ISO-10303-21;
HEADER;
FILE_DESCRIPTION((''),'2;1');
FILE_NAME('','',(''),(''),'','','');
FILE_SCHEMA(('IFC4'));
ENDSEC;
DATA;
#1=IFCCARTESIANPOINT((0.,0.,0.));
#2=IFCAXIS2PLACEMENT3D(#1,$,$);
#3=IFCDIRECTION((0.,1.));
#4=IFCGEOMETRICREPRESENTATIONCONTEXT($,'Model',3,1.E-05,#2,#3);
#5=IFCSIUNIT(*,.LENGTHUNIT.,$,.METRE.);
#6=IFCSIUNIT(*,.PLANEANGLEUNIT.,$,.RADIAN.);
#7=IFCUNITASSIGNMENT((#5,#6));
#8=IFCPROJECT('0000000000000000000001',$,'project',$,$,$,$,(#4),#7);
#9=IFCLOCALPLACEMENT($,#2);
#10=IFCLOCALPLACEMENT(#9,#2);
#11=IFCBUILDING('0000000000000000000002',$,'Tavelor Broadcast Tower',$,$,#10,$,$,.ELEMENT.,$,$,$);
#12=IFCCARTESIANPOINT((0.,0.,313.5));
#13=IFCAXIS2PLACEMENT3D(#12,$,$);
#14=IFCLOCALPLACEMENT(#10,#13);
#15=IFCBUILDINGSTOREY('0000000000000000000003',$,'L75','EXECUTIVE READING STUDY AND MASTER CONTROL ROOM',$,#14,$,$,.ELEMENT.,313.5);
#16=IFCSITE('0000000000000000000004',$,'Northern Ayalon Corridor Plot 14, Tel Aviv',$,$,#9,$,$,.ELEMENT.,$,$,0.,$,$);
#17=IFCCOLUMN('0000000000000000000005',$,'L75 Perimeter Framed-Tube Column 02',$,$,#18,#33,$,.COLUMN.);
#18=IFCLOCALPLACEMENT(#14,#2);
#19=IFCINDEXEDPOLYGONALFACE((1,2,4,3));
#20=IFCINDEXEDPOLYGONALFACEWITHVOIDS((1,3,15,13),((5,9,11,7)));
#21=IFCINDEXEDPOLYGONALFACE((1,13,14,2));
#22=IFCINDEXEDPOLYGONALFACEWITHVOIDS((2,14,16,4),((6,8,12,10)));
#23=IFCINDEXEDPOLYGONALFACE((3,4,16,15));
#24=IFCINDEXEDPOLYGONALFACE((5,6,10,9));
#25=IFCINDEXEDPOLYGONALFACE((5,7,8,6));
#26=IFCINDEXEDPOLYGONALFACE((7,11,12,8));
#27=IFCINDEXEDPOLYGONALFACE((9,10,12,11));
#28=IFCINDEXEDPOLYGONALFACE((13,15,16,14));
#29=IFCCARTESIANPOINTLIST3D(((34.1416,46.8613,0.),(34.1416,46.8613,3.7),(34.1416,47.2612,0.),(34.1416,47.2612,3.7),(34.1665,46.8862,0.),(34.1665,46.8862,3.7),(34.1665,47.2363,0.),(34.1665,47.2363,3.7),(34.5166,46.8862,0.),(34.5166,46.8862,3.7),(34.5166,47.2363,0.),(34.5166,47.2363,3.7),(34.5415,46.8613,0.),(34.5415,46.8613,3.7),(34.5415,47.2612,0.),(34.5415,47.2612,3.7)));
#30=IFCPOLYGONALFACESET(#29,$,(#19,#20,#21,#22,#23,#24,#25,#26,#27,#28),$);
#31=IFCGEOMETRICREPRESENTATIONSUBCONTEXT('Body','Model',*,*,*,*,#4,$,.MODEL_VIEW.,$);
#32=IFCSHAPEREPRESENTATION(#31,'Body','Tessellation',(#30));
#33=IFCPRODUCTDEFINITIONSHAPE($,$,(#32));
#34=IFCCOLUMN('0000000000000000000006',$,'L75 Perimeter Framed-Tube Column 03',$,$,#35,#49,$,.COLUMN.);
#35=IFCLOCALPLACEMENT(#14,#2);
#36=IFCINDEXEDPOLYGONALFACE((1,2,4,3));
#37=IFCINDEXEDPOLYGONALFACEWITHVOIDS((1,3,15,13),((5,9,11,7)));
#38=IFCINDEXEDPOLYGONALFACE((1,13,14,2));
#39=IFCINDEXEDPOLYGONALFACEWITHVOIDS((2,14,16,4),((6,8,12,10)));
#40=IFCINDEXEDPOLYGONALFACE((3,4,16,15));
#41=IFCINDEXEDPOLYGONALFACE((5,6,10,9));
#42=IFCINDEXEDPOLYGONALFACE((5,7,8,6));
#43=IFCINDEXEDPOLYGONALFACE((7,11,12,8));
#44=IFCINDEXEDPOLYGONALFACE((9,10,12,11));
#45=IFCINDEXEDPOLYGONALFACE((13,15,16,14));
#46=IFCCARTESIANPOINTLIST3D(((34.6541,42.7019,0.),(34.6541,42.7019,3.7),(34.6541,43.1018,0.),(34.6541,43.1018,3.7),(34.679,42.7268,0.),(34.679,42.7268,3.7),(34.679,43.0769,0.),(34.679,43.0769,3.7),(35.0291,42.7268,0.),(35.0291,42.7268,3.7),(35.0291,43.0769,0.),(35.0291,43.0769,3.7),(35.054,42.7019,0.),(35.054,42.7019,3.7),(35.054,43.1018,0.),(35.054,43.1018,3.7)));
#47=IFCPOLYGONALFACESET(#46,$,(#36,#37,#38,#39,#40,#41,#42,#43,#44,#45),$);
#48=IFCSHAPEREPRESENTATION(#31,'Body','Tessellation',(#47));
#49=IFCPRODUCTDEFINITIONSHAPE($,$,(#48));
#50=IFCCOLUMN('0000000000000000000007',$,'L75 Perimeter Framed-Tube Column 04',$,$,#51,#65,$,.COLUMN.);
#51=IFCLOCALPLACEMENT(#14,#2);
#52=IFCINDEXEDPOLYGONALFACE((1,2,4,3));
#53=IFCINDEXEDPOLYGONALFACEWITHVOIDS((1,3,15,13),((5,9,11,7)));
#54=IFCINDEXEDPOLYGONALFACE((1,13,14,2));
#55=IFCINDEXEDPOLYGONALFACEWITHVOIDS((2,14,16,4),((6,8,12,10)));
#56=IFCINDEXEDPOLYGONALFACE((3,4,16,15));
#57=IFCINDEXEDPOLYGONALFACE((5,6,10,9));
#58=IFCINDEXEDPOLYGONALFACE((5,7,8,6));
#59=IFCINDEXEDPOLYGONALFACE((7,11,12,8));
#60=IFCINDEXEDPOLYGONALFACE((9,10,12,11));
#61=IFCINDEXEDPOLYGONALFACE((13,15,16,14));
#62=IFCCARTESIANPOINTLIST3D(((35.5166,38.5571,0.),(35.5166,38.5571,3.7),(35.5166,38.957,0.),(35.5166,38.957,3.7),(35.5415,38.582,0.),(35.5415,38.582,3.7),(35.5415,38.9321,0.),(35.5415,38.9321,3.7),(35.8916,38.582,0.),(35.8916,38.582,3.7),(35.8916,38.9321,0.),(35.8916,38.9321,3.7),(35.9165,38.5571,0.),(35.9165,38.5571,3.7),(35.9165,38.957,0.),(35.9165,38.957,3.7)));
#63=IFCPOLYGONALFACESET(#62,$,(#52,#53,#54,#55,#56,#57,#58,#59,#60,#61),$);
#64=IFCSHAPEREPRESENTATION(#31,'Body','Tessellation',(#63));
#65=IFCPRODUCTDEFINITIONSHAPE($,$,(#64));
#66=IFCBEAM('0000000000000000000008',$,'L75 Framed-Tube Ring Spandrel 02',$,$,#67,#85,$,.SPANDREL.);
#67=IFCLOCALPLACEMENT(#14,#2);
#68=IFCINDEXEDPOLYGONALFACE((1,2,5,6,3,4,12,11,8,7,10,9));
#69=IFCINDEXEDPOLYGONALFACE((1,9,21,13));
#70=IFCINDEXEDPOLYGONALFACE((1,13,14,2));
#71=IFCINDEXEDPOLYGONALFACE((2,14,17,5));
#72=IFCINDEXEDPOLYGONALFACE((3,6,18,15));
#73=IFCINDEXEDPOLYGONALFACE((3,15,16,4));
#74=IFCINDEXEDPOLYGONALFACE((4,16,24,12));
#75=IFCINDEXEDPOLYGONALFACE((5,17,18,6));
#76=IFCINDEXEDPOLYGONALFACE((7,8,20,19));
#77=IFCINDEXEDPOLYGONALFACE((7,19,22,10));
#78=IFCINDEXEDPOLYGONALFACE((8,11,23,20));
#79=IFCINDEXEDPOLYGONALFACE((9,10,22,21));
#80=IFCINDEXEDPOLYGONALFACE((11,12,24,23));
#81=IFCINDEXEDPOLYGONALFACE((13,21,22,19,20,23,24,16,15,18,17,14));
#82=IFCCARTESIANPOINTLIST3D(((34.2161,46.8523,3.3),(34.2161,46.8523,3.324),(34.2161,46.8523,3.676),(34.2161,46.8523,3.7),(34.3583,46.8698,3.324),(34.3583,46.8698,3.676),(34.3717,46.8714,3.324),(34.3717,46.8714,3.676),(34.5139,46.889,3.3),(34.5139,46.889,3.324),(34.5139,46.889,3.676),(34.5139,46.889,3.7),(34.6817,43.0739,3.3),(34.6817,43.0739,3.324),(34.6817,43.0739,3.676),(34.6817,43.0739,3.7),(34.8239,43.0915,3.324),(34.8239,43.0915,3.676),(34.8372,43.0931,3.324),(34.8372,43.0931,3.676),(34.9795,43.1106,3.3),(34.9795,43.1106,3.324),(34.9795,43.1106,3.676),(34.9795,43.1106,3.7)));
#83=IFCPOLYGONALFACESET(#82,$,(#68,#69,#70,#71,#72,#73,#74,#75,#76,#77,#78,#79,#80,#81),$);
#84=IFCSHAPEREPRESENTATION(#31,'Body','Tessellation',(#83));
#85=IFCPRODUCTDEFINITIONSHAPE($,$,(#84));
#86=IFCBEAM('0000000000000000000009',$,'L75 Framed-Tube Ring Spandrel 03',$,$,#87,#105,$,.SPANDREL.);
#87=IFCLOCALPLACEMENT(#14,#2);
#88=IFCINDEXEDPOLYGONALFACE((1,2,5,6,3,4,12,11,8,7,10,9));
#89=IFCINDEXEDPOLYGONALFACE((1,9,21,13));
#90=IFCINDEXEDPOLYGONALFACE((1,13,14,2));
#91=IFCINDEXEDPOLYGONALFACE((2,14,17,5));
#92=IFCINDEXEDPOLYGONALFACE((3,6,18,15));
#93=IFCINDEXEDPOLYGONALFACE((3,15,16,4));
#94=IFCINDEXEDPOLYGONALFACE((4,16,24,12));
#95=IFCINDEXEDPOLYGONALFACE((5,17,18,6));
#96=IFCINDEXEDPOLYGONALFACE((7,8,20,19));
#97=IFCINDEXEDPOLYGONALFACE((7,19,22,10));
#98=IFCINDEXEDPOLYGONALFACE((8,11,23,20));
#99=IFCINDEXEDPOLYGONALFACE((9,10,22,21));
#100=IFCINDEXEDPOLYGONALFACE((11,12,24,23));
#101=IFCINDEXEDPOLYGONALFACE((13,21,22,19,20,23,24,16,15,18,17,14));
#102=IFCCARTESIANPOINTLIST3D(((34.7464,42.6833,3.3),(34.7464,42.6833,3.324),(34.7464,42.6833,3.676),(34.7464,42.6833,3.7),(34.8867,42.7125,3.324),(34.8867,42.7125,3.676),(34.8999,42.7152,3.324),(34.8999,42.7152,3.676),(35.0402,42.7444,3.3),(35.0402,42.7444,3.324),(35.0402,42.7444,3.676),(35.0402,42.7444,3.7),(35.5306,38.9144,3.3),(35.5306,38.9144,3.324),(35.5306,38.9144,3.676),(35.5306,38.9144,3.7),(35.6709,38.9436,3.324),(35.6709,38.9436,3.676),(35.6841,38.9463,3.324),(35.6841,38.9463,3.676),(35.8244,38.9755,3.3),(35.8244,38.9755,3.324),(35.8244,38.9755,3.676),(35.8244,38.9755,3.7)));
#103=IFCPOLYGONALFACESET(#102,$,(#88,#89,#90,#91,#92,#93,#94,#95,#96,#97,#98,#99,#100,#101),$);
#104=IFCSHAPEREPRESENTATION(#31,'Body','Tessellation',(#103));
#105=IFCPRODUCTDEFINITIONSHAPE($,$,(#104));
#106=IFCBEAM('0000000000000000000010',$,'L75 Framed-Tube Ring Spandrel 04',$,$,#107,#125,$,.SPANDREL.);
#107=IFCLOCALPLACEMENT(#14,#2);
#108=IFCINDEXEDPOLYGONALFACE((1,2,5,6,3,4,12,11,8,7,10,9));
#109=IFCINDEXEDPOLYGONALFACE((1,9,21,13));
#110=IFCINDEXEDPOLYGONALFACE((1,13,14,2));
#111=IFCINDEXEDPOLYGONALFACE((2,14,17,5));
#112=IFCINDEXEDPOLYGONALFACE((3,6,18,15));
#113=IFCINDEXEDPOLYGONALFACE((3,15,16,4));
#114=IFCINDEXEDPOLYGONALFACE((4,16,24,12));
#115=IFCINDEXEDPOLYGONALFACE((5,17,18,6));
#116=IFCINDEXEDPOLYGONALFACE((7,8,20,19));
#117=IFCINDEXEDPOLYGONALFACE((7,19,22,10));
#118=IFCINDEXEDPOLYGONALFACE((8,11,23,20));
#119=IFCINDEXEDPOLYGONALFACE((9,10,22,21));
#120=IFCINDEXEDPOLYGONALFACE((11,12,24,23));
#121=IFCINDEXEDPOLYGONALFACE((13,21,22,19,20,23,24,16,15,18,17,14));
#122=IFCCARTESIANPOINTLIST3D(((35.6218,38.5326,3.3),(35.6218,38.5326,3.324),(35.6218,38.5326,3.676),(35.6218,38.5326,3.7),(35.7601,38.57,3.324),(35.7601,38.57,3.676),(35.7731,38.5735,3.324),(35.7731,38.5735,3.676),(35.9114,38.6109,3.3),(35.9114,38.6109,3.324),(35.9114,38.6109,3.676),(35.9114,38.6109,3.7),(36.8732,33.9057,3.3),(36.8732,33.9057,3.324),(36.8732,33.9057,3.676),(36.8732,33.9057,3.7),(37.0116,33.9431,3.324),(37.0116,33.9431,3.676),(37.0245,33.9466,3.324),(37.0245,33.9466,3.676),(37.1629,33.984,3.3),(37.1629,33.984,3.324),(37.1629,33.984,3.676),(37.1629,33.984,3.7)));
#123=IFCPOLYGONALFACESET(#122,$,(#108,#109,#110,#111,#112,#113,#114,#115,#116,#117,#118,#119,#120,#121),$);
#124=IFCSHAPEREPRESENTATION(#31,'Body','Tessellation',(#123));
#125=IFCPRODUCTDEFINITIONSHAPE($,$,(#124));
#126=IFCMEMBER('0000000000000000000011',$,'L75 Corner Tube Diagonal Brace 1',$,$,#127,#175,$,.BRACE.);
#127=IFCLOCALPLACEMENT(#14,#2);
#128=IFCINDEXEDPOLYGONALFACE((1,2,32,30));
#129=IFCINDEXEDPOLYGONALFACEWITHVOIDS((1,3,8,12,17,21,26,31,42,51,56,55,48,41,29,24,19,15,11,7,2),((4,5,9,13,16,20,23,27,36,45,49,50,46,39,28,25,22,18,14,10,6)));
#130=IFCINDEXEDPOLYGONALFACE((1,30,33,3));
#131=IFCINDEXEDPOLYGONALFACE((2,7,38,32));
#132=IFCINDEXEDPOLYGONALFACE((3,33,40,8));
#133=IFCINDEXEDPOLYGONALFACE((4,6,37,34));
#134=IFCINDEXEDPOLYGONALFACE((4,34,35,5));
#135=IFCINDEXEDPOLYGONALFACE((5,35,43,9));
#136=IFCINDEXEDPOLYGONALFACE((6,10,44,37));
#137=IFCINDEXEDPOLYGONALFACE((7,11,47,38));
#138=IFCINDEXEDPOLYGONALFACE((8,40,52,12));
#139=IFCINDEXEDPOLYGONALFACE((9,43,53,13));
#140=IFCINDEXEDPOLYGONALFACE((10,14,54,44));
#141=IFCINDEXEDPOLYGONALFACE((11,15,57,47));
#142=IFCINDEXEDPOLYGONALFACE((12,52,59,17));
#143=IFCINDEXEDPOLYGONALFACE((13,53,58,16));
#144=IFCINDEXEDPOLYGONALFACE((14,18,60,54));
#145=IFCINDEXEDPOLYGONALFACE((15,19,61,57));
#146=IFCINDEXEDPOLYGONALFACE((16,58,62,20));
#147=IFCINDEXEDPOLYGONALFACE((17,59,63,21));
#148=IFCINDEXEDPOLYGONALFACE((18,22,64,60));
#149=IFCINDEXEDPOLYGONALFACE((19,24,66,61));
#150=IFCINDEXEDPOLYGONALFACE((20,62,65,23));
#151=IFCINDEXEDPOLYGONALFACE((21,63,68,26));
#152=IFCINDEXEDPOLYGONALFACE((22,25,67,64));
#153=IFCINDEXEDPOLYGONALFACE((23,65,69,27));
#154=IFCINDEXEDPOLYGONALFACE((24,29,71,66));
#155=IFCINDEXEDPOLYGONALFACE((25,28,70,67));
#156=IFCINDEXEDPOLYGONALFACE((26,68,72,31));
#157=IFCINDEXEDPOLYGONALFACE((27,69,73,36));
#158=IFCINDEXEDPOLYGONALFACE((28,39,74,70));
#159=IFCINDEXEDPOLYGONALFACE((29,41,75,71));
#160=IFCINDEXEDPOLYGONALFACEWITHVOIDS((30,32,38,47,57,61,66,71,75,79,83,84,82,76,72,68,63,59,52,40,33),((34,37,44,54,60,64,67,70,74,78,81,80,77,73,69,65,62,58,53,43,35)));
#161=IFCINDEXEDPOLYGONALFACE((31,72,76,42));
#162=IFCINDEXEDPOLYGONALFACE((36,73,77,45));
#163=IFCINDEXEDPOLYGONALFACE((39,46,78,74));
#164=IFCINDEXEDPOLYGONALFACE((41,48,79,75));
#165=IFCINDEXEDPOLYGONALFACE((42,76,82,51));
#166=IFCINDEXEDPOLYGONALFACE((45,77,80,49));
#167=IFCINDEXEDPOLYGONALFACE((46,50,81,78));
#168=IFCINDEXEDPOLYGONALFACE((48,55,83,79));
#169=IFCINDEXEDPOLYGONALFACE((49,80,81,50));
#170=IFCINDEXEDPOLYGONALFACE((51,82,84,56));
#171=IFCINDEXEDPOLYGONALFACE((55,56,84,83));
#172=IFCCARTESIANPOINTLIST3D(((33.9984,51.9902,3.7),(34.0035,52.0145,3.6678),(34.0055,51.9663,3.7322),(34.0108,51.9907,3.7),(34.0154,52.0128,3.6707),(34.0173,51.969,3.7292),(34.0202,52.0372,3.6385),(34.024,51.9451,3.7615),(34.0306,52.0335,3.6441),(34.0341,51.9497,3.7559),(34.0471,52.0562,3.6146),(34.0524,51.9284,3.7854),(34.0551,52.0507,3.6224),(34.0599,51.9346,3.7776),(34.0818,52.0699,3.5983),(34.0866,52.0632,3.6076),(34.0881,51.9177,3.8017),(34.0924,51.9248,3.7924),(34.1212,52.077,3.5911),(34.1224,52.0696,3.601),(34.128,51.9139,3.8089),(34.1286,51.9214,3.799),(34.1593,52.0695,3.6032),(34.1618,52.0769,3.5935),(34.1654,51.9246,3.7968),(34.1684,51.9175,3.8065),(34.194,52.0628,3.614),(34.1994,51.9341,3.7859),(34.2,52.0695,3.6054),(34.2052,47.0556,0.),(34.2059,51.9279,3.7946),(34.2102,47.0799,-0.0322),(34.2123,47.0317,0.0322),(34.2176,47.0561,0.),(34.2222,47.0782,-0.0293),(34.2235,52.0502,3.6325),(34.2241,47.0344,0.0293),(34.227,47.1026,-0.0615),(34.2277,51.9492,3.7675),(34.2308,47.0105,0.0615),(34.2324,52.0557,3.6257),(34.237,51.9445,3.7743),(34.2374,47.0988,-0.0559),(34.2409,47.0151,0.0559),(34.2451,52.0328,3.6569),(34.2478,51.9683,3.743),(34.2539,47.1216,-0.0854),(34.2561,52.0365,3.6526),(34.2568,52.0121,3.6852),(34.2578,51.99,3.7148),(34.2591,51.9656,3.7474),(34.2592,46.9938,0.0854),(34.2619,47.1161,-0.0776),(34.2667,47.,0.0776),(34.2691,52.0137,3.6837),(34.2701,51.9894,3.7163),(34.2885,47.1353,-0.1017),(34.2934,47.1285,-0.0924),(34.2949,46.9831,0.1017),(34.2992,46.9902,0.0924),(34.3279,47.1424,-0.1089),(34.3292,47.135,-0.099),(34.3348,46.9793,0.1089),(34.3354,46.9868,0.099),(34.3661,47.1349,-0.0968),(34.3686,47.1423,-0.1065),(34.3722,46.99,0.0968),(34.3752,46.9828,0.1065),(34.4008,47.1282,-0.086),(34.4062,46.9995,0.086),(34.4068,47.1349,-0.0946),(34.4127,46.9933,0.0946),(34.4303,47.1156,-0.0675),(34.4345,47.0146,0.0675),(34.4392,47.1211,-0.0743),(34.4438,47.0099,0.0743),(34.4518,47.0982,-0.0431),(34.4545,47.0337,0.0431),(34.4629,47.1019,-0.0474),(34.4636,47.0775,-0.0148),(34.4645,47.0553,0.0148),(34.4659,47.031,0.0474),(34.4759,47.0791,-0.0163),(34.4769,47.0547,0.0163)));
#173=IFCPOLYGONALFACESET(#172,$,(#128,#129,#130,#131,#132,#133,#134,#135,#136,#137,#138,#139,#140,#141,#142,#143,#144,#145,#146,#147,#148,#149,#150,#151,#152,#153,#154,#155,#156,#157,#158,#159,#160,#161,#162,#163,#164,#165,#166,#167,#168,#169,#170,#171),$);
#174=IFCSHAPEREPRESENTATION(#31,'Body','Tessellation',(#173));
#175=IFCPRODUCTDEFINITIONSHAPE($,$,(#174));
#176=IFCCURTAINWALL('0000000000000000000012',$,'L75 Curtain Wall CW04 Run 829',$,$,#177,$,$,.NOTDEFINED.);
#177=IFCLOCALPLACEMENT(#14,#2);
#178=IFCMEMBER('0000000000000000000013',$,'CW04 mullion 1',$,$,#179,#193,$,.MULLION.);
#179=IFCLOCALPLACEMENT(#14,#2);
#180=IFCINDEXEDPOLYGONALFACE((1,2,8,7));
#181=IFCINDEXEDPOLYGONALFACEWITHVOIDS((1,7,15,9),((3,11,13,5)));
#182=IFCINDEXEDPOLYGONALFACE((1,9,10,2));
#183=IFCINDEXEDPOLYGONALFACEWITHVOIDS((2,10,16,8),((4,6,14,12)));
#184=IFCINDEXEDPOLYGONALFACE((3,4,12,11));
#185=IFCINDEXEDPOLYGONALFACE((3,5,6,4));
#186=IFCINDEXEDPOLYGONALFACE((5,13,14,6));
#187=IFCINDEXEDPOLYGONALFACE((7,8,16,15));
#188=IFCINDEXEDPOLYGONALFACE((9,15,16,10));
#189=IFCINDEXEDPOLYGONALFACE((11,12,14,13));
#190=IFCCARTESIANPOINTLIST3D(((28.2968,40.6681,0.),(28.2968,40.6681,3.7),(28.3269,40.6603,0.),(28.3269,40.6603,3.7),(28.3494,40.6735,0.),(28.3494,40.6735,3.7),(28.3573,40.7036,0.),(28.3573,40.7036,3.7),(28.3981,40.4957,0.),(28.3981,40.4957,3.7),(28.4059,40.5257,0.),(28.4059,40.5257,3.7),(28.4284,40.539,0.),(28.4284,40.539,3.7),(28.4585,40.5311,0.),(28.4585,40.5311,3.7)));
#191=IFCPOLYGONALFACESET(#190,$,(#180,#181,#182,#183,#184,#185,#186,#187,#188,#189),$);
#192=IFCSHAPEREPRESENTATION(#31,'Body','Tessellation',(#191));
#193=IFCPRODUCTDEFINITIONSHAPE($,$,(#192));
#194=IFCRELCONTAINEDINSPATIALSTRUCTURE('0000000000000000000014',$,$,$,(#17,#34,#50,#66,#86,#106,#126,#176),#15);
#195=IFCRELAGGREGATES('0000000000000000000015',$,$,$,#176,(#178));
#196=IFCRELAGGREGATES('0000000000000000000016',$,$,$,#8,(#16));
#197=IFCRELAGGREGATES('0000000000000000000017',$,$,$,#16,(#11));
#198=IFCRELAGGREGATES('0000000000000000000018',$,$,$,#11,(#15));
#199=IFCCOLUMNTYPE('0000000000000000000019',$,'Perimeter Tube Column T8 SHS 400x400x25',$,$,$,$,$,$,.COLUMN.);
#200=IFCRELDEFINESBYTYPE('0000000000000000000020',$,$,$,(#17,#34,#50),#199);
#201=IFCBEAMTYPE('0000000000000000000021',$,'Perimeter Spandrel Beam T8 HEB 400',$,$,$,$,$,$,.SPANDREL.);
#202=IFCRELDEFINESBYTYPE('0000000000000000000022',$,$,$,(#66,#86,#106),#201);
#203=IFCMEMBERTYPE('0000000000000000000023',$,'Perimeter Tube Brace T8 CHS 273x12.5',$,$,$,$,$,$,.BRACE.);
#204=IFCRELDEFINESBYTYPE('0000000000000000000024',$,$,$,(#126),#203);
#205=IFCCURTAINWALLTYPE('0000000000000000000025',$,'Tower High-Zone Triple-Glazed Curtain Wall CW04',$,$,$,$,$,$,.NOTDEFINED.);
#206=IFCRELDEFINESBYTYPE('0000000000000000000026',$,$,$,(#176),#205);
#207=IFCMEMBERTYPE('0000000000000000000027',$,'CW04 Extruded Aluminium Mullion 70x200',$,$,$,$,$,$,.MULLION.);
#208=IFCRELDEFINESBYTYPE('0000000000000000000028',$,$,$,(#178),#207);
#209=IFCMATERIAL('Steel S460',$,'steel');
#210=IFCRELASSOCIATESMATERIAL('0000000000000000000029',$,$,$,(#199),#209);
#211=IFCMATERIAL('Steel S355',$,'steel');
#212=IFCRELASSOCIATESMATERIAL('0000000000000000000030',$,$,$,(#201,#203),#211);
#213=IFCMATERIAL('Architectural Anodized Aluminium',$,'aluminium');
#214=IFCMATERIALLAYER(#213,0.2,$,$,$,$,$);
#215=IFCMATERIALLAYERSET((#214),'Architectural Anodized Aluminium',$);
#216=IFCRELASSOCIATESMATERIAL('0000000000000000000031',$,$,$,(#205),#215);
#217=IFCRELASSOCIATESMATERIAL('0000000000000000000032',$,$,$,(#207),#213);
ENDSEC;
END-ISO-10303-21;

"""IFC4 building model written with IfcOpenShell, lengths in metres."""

from ifc_helpers import new_model, si_unit, direction, frame, origin, origin_2d, place, context, subcontext, project, spatial, hollow_rectangle, hollow_circle, i_section, extrude, source, transform, mapped, material, layer, layer_set, material_profile, profile_set, type_object, type_shapes, element, aggregate, save


model = new_model("IFC4")

# Units and contexts
model_context = context("Model", 3, precision=1e-05, world=origin(), true_north=direction((0.0, 1.0)))
body_context = subcontext(model_context, "Body", "Model", "MODEL_VIEW")
ifc_project = project(units=[si_unit("LENGTHUNIT", "METRE"), si_unit("PLANEANGLEUNIT", "RADIAN")], contexts=[model_context])

# Site, building, storey
site_placement = place(None, origin())
site = spatial("IfcSite", under=ifc_project, at=site_placement, Name="Northern Ayalon Corridor Plot 14, Tel Aviv", CompositionType="ELEMENT", RefElevation=0.0)
building_placement = place(site_placement, origin())
building = spatial("IfcBuilding", under=site, at=building_placement, Name="Tavelor Broadcast Tower", CompositionType="ELEMENT")
storey_placement = place(building_placement, frame((0.0, 0.0, 313.5)))
storey = spatial("IfcBuildingStorey", under=building, at=storey_placement, Name="L75", Description="EXECUTIVE READING STUDY AND MASTER CONTROL ROOM", CompositionType="ELEMENT", Elevation=313.5)

# Columns
ifc_material_1 = material(Name="Steel S460", Category="steel")
ifc_material_profile_1 = material_profile(ifc_material_1, hollow_rectangle(XDim=0.3999, YDim=0.3999, WallThickness=0.0249, at=origin_2d()), Name="SHS 400x400x25")
ifc_profile_set_1 = profile_set([ifc_material_profile_1], Name="Steel S460")
column_type = type_object("IfcColumnType", Name="Perimeter Tube Column T8 SHS 400x400x25", PredefinedType="COLUMN", material=ifc_profile_set_1)
for number, where, z_axis, x_axis, name in (
    (1, (34.3416, 47.0613, 0.0), (0.0, 0.0, 1.0), (1.0, 0.0, 0.0), "L75 Perimeter Framed-Tube Column 02"),
    (2, (34.854, 42.9019, 0.0), (0.0, 0.0, 1.0), (1.0, 0.0, 0.0), "L75 Perimeter Framed-Tube Column 03"),
    (3, (35.7166, 38.7571, 0.0), (0.0, 0.0, 1.0), (1.0, 0.0, 0.0), "L75 Perimeter Framed-Tube Column 04"),
):
    element("IfcColumn", number, at=place(storey_placement, frame(where, z_axis=z_axis, x_axis=x_axis)), inside=storey, type_object=column_type, Name=name, PredefinedType="COLUMN", context=body_context, shape_type="SweptSolid", body=[
        extrude(hollow_rectangle(XDim=0.3999, YDim=0.3999, WallThickness=0.0249, at=origin_2d()), origin(), (0.0, 0.0, 1.0), 3.7),
    ])

# Beams
ifc_material_2 = material(Name="Steel S355", Category="steel")
ifc_material_profile_2 = material_profile(ifc_material_2, i_section(OverallWidth=0.3, OverallDepth=0.3999, WebThickness=0.0134, FlangeThickness=0.0239, at=origin_2d()), Name="HEB 400")
ifc_profile_set_2 = profile_set([ifc_material_profile_2], Name="Steel S355")
beam_type = type_object("IfcBeamType", Name="Perimeter Spandrel Beam T8 HEB 400", PredefinedType="SPANDREL", material=ifc_profile_set_2)
beam_1_placement = place(storey_placement, frame((34.365, 46.8706, 3.5), z_axis=(0.122298, -0.992493, 0.0), x_axis=(0.992493, 0.122298, 0.0)))
element("IfcBeam", 4, at=beam_1_placement, inside=storey, type_object=beam_type, Name="L75 Framed-Tube Ring Spandrel 02", PredefinedType="SPANDREL", context=body_context, shape_type="SweptSolid", body=[
    extrude(i_section(OverallWidth=0.3, OverallDepth=0.3999, WebThickness=0.0134, FlangeThickness=0.0239, at=origin_2d()), origin(), (0.0, 0.0, 1.0), 3.8069),
])
beam_2_placement = place(storey_placement, frame((34.8933, 42.7139, 3.5), z_axis=(0.203709, -0.979032, 0.0), x_axis=(0.979032, 0.203709, 0.0)))
element("IfcBeam", 5, at=beam_2_placement, inside=storey, type_object=beam_type, Name="L75 Framed-Tube Ring Spandrel 03", PredefinedType="SPANDREL", context=body_context, shape_type="SweptSolid", body=[
    extrude(i_section(OverallWidth=0.3, OverallDepth=0.3999, WebThickness=0.0134, FlangeThickness=0.0239, at=origin_2d()), origin(), (0.0, 0.0, 1.0), 3.8496),
])
beam_3_placement = place(storey_placement, frame((35.7666, 38.5718, 3.5), z_axis=(0.261091, -0.965314, 0.0), x_axis=(0.965314, 0.261091, 0.0)))
element("IfcBeam", 6, at=beam_3_placement, inside=storey, type_object=beam_type, Name="L75 Framed-Tube Ring Spandrel 04", PredefinedType="SPANDREL", context=body_context, shape_type="SweptSolid", body=[
    extrude(i_section(OverallWidth=0.3, OverallDepth=0.3999, WebThickness=0.0134, FlangeThickness=0.0239, at=origin_2d()), origin(), (0.0, 0.0, 1.0), 4.7932),
])

# Member
ifc_material_profile_3 = material_profile(ifc_material_2, hollow_circle(Radius=0.1365, WallThickness=0.0125, at=origin_2d()), Name="CHS 273x12.5")
ifc_profile_set_3 = profile_set([ifc_material_profile_3], Name="Steel S355")
member_type_1 = type_object("IfcMemberType", Name="Perimeter Tube Brace T8 CHS 273x12.5", PredefinedType="BRACE", material=ifc_profile_set_3)
member_1_placement = place(storey_placement, frame((34.3416, 47.0613, 0.0), z_axis=(-0.033509, 0.799627, 0.599562), x_axis=(-0.999123, -0.041869, 0.0)))
element("IfcMember", 7, at=member_1_placement, inside=storey, type_object=member_type_1, Name="L75 Corner Tube Diagonal Brace 1", PredefinedType="BRACE", context=body_context, shape_type="SweptSolid", body=[
    extrude(hollow_circle(Radius=0.1365, WallThickness=0.0125, at=origin_2d()), origin(), (0.0, 0.0, 1.0), 6.1711),
])

# Curtain wall, member
ifc_material_3 = material(Name="Architectural Anodized Aluminium", Category="aluminium")
ifc_layer_1 = layer(ifc_material_3, 0.2)
ifc_layer_set_1 = layer_set([ifc_layer_1], Name="Architectural Anodized Aluminium")
curtain_wall_type = type_object("IfcCurtainWallType", Name="Tower High-Zone Triple-Glazed Curtain Wall CW04", PredefinedType="NOTDEFINED", material=ifc_layer_set_1)
curtain_wall_placement = place(storey_placement, origin())
curtain_wall = element("IfcCurtainWall", 8, at=curtain_wall_placement, inside=storey, type_object=curtain_wall_type, Name="L75 Curtain Wall CW04 Run 829", PredefinedType="NOTDEFINED")
ifc_material_profile_4 = material_profile(ifc_material_3, hollow_rectangle(XDim=0.0701, YDim=0.2, WallThickness=0.022, at=origin_2d()), Name="RHS 70x200x22")
ifc_profile_set_4 = profile_set([ifc_material_profile_4], Name="Architectural Anodized Aluminium")
member_type_2 = type_object("IfcMemberType", Name="CW04 Extruded Aluminium Mullion 70x200", PredefinedType="MULLION", material=ifc_profile_set_4)
shared_shape_1 = source(origin(), body_context, "Body", "SweptSolid", [
    extrude(hollow_rectangle(XDim=0.0701, YDim=0.2, WallThickness=0.022, at=origin_2d()), origin(), (0.0, 0.0, 1.0), 3.7),
])
type_shapes(member_type_2, [shared_shape_1])
member_2_placement = place(storey_placement, frame((28.3777, 40.5996, 0.0), z_axis=(0.0, 0.0, 1.0), x_axis=(0.862299, 0.506399, 0.0)))
member_2 = element("IfcMember", 9, at=member_2_placement, type_object=member_type_2, Name="CW04 mullion 1", PredefinedType="MULLION", context=body_context, shape_type="MappedRepresentation", body=[
    mapped(shared_shape_1, transform((0.0, 0.0, 0.0), scale=1.0)),
])
aggregate(curtain_wall, [member_2])

save(model, "model.ifc")
